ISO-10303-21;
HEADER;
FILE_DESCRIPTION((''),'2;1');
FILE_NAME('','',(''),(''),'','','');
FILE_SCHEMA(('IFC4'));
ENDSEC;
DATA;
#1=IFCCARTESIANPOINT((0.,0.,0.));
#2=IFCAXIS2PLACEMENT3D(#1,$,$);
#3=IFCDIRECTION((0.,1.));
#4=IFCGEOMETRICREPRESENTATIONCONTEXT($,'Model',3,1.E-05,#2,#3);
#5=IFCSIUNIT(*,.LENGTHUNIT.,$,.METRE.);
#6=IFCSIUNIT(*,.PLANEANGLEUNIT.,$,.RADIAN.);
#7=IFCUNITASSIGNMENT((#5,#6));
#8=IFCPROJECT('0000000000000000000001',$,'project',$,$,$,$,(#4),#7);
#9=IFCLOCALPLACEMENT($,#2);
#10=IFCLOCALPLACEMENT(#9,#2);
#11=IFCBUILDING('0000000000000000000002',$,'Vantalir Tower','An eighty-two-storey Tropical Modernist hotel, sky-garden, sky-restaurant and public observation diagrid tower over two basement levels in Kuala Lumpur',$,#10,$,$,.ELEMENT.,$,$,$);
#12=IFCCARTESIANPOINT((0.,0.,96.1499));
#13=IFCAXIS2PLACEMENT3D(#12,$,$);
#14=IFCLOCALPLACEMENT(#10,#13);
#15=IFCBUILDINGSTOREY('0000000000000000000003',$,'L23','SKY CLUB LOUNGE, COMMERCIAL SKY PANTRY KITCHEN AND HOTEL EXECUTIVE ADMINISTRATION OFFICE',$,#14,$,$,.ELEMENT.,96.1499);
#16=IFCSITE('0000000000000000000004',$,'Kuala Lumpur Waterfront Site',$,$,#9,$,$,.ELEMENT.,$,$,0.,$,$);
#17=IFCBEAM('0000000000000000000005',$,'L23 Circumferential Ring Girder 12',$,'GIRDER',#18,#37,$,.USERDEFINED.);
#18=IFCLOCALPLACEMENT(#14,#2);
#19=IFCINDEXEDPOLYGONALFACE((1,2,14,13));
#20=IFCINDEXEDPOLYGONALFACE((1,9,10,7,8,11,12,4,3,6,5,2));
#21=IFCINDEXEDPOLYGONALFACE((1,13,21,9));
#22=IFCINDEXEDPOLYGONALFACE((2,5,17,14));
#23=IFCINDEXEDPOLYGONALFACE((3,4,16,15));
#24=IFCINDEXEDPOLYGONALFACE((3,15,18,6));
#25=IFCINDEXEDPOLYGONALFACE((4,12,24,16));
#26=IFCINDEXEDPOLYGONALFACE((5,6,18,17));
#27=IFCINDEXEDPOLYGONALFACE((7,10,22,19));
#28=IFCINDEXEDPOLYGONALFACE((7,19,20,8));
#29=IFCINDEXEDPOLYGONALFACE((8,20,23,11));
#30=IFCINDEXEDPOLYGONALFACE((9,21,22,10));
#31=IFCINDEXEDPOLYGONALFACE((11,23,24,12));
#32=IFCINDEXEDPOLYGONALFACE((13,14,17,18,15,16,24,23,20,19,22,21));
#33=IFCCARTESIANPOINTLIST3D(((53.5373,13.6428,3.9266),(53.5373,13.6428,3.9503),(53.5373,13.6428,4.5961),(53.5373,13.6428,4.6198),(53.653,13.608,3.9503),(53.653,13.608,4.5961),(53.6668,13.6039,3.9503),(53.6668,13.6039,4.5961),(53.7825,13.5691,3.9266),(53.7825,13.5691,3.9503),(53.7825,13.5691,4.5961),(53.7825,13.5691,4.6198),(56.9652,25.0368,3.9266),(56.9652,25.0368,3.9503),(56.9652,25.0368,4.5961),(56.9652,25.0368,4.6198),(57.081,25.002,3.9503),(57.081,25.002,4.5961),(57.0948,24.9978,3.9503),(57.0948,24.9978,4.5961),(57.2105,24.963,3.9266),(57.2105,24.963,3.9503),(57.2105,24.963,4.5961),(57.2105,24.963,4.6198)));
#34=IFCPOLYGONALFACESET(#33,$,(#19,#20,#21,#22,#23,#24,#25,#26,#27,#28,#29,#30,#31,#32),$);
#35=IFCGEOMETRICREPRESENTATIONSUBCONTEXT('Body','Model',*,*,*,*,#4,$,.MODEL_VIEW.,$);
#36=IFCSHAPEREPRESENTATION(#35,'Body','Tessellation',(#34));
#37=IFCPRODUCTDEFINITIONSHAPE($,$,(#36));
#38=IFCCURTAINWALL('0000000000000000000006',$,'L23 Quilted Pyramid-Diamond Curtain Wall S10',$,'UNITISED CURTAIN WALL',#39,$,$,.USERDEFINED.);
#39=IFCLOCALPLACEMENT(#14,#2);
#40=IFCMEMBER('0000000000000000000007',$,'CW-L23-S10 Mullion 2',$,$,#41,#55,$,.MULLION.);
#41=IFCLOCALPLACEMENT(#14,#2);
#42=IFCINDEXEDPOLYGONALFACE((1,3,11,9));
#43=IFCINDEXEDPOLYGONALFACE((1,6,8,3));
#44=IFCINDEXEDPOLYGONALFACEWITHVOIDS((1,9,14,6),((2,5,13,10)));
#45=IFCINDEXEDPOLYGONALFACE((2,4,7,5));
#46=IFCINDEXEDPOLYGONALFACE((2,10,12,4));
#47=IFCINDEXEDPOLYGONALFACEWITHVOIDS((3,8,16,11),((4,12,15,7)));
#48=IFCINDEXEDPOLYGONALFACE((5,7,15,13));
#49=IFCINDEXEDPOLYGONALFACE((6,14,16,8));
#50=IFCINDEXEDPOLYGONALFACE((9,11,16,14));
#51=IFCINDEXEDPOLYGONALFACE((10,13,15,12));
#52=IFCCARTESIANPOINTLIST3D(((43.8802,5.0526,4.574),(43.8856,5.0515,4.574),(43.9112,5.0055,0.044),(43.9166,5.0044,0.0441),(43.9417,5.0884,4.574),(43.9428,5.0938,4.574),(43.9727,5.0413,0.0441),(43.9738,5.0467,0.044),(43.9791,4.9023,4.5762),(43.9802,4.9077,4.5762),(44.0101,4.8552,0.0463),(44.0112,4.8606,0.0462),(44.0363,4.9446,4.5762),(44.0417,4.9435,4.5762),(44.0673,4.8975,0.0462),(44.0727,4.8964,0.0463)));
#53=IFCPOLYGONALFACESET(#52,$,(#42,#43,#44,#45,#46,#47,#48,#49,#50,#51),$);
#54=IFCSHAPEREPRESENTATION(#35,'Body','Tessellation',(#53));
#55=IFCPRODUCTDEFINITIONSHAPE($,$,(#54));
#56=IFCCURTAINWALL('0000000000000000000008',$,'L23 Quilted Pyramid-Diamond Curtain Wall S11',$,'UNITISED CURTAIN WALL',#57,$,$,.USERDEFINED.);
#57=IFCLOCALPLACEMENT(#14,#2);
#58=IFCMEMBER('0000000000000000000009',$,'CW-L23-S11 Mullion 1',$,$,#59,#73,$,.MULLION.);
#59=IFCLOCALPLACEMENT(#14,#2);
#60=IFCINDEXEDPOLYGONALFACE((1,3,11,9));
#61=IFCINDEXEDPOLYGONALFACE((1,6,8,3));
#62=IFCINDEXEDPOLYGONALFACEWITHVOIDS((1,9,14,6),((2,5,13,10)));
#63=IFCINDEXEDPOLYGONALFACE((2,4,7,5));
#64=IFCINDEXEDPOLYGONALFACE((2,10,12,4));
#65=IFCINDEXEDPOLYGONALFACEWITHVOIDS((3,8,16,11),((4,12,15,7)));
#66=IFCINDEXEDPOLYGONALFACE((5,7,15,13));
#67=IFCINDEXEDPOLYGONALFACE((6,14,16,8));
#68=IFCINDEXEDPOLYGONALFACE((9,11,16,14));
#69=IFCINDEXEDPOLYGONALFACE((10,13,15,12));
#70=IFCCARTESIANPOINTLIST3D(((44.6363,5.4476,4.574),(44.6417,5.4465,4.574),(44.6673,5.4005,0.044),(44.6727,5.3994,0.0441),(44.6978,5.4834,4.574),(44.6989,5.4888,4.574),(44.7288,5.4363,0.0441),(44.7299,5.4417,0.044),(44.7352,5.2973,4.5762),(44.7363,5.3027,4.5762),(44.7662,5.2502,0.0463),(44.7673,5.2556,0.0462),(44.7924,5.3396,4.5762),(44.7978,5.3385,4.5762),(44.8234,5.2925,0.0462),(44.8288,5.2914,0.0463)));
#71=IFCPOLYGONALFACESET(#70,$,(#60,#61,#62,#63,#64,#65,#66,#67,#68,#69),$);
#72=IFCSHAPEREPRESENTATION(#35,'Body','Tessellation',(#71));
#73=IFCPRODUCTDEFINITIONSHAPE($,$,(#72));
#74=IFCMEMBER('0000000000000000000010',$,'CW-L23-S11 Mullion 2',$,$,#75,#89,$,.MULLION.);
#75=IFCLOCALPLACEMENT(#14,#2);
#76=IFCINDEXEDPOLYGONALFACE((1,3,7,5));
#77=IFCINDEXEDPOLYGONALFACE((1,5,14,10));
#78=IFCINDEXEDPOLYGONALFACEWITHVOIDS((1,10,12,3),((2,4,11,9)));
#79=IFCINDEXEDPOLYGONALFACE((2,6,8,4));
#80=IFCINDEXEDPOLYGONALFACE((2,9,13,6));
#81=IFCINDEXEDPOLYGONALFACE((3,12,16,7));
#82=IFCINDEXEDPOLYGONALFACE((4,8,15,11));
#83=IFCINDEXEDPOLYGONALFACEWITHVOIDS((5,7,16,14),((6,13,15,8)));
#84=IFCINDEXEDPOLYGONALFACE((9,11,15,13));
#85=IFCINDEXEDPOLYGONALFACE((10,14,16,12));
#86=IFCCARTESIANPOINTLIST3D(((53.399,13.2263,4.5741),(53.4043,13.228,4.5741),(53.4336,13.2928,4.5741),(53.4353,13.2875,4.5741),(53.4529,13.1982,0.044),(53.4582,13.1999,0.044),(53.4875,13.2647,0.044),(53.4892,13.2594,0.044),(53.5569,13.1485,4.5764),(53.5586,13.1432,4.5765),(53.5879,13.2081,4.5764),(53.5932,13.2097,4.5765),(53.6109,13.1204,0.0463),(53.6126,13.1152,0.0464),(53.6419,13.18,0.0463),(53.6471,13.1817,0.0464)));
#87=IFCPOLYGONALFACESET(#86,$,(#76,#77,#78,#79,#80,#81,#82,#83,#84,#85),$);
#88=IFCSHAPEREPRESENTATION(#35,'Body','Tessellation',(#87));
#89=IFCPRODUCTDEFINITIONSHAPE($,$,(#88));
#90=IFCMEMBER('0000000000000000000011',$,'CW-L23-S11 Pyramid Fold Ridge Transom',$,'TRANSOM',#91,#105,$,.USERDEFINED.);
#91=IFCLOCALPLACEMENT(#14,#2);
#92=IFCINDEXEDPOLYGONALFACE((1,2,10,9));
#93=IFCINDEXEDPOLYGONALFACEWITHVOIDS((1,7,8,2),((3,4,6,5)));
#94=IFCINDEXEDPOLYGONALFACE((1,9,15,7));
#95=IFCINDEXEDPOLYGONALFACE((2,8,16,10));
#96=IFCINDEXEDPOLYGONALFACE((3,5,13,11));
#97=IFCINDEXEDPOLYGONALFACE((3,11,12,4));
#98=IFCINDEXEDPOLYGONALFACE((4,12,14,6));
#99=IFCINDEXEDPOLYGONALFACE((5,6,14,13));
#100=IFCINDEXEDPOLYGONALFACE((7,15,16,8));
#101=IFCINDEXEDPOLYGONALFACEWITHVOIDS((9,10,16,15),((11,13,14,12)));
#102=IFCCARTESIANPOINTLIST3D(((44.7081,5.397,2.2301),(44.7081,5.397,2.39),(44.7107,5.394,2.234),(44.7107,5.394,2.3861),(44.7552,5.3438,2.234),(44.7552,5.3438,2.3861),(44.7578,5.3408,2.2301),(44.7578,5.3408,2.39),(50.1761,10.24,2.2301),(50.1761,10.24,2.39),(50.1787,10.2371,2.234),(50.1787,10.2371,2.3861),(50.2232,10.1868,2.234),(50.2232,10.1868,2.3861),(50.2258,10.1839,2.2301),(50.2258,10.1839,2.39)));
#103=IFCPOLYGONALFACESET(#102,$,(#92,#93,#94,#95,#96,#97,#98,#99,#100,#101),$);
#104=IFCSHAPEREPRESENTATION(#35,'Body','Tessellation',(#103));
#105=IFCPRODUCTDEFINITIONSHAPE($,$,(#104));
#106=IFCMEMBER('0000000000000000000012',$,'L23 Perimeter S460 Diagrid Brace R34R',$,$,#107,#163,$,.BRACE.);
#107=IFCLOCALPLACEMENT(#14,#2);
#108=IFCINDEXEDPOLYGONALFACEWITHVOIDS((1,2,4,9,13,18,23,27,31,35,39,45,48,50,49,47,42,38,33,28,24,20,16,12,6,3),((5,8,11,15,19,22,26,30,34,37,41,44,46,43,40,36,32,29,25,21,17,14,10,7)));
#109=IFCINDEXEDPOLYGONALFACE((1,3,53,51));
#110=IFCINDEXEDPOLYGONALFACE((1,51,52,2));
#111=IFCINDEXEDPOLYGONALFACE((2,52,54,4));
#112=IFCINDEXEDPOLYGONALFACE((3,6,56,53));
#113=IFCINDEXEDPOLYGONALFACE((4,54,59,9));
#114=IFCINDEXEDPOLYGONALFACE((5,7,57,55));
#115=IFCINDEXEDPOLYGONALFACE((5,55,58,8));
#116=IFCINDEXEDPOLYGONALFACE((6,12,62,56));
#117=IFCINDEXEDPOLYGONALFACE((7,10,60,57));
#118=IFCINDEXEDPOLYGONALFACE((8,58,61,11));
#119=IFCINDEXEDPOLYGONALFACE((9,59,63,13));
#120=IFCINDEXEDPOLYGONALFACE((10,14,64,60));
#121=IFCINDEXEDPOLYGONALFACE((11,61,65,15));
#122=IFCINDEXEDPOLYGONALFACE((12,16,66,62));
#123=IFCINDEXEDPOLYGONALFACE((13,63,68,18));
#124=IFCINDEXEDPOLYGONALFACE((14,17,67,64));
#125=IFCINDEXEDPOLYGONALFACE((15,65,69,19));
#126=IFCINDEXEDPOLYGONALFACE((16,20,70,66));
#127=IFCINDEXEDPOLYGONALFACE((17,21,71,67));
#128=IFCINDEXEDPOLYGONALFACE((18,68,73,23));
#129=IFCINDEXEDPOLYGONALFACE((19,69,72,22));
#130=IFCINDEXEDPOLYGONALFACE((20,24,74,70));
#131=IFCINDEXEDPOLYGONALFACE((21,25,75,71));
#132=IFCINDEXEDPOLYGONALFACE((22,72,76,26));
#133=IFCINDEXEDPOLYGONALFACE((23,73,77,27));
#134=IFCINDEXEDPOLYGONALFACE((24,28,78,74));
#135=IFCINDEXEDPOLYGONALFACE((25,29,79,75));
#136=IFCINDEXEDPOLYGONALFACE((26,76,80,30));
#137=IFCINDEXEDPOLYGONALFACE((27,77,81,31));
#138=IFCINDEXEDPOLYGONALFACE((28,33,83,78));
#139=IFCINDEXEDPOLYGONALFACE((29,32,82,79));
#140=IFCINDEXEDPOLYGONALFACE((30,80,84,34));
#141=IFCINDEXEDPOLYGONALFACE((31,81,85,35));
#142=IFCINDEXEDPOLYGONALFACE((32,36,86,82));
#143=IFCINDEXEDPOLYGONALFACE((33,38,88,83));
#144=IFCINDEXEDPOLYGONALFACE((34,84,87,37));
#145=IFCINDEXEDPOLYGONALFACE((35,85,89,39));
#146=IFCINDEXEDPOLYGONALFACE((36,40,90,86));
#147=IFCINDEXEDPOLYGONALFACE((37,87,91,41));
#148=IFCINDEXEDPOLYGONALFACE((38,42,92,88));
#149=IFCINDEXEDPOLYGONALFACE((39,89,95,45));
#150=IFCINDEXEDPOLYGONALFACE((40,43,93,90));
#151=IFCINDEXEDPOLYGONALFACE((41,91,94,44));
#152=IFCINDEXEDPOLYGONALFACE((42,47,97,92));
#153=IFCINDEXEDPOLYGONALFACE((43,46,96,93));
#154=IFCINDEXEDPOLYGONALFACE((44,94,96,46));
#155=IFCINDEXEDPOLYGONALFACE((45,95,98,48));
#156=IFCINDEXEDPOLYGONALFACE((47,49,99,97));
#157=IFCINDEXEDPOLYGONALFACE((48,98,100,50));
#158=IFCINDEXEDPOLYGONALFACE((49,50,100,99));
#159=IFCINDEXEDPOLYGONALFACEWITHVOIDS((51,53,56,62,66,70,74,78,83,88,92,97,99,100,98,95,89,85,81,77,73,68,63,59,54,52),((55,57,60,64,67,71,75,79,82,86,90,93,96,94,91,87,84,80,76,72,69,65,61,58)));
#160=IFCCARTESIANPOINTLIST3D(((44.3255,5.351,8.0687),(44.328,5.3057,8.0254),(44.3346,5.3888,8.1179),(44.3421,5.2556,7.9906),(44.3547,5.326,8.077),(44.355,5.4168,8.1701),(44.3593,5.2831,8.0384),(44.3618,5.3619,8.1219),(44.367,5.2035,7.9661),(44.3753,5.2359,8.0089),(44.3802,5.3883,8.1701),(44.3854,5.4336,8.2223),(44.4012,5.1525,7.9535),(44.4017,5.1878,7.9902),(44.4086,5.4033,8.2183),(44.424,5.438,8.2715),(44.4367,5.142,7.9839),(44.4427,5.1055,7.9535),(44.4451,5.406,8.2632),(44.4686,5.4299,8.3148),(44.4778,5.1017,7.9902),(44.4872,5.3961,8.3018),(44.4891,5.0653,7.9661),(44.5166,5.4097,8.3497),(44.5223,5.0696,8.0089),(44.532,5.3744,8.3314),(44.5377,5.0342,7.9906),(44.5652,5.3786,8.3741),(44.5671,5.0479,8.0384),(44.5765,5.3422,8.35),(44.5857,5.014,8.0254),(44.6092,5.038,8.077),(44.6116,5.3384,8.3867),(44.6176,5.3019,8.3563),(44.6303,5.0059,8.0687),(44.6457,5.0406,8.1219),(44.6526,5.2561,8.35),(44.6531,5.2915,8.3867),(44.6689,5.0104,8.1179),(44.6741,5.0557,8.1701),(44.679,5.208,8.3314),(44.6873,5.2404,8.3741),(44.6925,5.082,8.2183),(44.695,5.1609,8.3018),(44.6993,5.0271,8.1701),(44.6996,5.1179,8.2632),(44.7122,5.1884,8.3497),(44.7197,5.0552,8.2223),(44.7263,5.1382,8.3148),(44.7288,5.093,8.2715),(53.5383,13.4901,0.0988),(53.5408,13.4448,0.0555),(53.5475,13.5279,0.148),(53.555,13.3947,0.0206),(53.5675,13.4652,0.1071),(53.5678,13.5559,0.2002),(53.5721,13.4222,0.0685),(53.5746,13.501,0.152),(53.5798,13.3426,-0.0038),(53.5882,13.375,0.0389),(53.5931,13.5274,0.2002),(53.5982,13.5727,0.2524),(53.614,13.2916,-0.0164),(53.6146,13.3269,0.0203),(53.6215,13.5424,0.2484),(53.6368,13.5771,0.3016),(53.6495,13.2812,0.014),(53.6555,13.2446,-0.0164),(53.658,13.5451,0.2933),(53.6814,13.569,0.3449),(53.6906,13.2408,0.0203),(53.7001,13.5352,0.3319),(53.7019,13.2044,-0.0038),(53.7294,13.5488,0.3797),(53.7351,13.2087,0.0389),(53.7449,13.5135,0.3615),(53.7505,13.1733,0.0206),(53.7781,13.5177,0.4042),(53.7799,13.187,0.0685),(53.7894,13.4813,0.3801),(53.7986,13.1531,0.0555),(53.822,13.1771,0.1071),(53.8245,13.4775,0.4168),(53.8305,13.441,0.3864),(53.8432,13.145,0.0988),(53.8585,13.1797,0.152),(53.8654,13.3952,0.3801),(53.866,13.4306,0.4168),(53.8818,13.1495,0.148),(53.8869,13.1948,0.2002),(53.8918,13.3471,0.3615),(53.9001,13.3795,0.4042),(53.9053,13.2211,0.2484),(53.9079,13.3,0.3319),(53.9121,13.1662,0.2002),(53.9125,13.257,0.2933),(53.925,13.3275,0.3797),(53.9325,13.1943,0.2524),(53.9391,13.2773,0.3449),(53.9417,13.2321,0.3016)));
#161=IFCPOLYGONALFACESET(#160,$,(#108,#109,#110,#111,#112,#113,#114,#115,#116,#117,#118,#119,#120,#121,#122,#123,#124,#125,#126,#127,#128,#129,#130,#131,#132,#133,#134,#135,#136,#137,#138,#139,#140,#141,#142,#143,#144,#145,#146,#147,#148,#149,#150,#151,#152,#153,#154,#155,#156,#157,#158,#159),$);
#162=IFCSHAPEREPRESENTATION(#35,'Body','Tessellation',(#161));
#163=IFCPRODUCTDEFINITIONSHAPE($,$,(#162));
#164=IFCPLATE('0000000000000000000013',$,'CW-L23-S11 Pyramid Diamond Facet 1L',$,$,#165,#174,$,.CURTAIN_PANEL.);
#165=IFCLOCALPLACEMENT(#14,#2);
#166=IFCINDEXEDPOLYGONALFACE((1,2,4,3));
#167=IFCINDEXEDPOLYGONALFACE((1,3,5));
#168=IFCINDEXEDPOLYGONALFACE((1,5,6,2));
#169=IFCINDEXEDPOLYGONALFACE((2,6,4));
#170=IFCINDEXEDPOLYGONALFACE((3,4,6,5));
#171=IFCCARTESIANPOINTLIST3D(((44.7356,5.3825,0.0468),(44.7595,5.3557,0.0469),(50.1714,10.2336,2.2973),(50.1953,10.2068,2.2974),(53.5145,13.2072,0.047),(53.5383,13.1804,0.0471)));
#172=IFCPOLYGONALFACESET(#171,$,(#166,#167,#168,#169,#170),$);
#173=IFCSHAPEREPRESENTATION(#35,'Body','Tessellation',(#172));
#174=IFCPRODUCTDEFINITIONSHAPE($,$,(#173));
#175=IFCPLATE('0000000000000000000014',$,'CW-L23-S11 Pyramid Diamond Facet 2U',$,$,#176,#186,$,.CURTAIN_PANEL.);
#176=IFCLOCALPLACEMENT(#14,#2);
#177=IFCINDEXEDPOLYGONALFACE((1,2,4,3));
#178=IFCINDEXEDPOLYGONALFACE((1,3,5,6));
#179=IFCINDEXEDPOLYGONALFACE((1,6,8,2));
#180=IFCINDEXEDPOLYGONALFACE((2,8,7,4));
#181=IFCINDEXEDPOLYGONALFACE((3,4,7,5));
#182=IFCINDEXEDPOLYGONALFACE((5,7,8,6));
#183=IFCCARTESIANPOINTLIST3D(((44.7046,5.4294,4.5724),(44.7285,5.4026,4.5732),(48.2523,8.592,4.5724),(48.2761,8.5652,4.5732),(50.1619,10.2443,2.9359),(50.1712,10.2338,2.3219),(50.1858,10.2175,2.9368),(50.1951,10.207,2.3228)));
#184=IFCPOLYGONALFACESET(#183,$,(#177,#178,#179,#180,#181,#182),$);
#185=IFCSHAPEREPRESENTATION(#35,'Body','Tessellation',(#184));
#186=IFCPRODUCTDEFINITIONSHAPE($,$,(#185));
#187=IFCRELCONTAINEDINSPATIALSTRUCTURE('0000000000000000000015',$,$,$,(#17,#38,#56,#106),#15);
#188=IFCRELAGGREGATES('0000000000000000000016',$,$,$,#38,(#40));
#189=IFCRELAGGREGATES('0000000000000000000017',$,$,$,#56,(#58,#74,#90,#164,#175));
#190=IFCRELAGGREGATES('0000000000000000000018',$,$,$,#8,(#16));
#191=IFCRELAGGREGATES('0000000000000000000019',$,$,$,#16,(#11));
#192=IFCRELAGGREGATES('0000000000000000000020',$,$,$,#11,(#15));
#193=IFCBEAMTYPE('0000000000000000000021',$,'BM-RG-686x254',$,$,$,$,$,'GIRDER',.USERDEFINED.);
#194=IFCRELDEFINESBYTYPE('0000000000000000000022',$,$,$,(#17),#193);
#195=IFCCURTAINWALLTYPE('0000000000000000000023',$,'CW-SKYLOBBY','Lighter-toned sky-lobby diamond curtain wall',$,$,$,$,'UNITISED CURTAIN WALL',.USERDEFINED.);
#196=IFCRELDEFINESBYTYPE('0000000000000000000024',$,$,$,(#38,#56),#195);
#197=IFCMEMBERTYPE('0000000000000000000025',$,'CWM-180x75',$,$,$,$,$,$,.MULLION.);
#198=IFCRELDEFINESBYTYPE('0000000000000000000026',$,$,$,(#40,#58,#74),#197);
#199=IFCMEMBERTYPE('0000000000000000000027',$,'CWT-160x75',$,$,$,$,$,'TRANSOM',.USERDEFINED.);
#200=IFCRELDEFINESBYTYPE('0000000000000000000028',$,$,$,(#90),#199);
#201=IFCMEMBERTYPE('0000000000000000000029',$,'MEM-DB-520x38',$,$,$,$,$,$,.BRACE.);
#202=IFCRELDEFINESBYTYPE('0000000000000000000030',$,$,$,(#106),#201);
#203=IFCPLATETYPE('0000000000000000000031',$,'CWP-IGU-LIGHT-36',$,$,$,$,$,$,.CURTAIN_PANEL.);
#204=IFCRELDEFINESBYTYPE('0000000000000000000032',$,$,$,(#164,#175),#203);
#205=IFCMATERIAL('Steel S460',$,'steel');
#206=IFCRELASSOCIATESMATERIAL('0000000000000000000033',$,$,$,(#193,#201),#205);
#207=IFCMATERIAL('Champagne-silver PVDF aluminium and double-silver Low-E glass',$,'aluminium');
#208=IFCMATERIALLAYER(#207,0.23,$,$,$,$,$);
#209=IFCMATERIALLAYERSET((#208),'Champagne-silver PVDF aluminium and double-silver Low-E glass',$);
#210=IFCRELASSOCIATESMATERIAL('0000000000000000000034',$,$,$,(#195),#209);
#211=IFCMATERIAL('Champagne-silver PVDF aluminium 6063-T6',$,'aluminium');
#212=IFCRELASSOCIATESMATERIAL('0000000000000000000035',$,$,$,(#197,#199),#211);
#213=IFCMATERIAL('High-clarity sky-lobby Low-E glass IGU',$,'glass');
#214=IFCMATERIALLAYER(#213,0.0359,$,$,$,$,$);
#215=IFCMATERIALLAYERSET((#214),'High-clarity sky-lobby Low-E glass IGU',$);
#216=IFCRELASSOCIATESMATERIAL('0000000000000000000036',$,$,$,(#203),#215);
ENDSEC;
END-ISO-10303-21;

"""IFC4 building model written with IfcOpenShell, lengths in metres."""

from ifc_helpers import new_model, si_unit, direction, frame, origin, origin_2d, place, context, subcontext, project, spatial, polyline, hollow_rectangle, hollow_circle, i_section, outline, extrude, material, layer, layer_set, material_profile, profile_set, type_object, element, aggregate, save


model = new_model("IFC4")

# Units and contexts
model_context = context("Model", 3, precision=1e-05, world=origin(), true_north=direction((0.0, 1.0)))
body_context = subcontext(model_context, "Body", "Model", "MODEL_VIEW")
ifc_project = project(units=[si_unit("LENGTHUNIT", "METRE"), si_unit("PLANEANGLEUNIT", "RADIAN")], contexts=[model_context])

# Site, building, storey
site_placement = place(None, origin())
site = spatial("IfcSite", under=ifc_project, at=site_placement, Name="Kuala Lumpur Waterfront Site", CompositionType="ELEMENT", RefElevation=0.0)
building_placement = place(site_placement, origin())
building = spatial("IfcBuilding", under=site, at=building_placement, Name="Vantalir Tower", Description="An eighty-two-storey Tropical Modernist hotel, sky-garden, sky-restaurant and public observation diagrid tower over two basement levels in Kuala Lumpur", CompositionType="ELEMENT")
storey_placement = place(building_placement, frame((0.0, 0.0, 96.1499)))
storey = spatial("IfcBuildingStorey", under=building, at=storey_placement, Name="L23", Description="SKY CLUB LOUNGE, COMMERCIAL SKY PANTRY KITCHEN AND HOTEL EXECUTIVE ADMINISTRATION OFFICE", CompositionType="ELEMENT", Elevation=96.1499)

# Shared definitions
ifc_material_1 = material(Name="Steel S460", Category="steel")

# Beam
ifc_material_profile_1 = material_profile(ifc_material_1, i_section(OverallWidth=0.2561, OverallDepth=0.6931, WebThickness=0.0144, FlangeThickness=0.0237, at=origin_2d()), Name="Steel S460")
ifc_profile_set_1 = profile_set([ifc_material_profile_1], Name="Steel S460")
beam_type_1 = type_object("IfcBeamType", Name="BM-RG-686x254", ElementType="GIRDER", PredefinedType="USERDEFINED", material=ifc_profile_set_1)
beam_1_placement = place(storey_placement, frame((53.6599, 13.606, 4.2732), z_axis=(0.288101, 0.9576, 0.0), x_axis=(-0.9576, 0.288101, 0.0)))
element("IfcBeam", 1, at=beam_1_placement, inside=storey, type_object=beam_type_1, Name="L23 Circumferential Ring Girder 12", ObjectType="GIRDER", PredefinedType="USERDEFINED", context=body_context, shape_type="SweptSolid", body=[
    extrude(i_section(OverallWidth=0.2561, OverallDepth=0.6931, WebThickness=0.0144, FlangeThickness=0.0237, at=origin_2d()), origin(), (0.0, 0.0, 1.0), 11.8984),
])

# Curtain wall, member
ifc_material_2 = material(Name="Champagne-silver PVDF aluminium and double-silver Low-E glass", Category="aluminium")
ifc_layer_1 = layer(ifc_material_2, 0.23)
ifc_layer_set_1 = layer_set([ifc_layer_1], Name="Champagne-silver PVDF aluminium and double-silver Low-E glass")
curtain_wall_type = type_object("IfcCurtainWallType", Name="CW-SKYLOBBY", Description="Lighter-toned sky-lobby diamond curtain wall", ElementType="UNITISED CURTAIN WALL", PredefinedType="USERDEFINED", material=ifc_layer_set_1)
curtain_wall_1_placement = place(storey_placement, origin())
curtain_wall_1 = element("IfcCurtainWall", 2, at=curtain_wall_1_placement, inside=storey, type_object=curtain_wall_type, Name="L23 Quilted Pyramid-Diamond Curtain Wall S10", ObjectType="UNITISED CURTAIN WALL", PredefinedType="USERDEFINED")
ifc_material_3 = material(Name="Champagne-silver PVDF aluminium 6063-T6", Category="aluminium")
ifc_material_profile_2 = material_profile(ifc_material_3, hollow_rectangle(XDim=0.075, YDim=0.1799, WallThickness=0.0039, at=origin_2d()), Name="Champagne-silver PVDF aluminium 6063-T6")
ifc_profile_set_2 = profile_set([ifc_material_profile_2], Name="Champagne-silver PVDF aluminium 6063-T6")
member_type_1 = type_object("IfcMemberType", Name="CWM-180x75", PredefinedType="MULLION", material=ifc_profile_set_2)
member_1_placement = place(storey_placement, frame((43.9919, 4.9509, 0.0452), z_axis=(-0.006844, 0.010401, 0.999922), x_axis=(-0.835365, -0.549696, 0.0)))
member_1 = element("IfcMember", 3, at=member_1_placement, type_object=member_type_1, Name="CW-L23-S10 Mullion 2", PredefinedType="MULLION", context=body_context, shape_type="SweptSolid", body=[
    extrude(hollow_rectangle(XDim=0.075, YDim=0.1799, WallThickness=0.0039, at=origin_2d()), origin(), (0.0, 0.0, 1.0), 4.5303),
])
aggregate(curtain_wall_1, [member_1])

# Curtain wall, members
curtain_wall_2_placement = place(storey_placement, origin())
curtain_wall_2 = element("IfcCurtainWall", 4, at=curtain_wall_2_placement, inside=storey, type_object=curtain_wall_type, Name="L23 Quilted Pyramid-Diamond Curtain Wall S11", ObjectType="UNITISED CURTAIN WALL", PredefinedType="USERDEFINED")
member_2_placement = place(storey_placement, frame((44.748, 5.3459, 0.0452), z_axis=(-0.006844, 0.010401, 0.999922), x_axis=(-0.835365, -0.549696, 0.0)))
member_2 = element("IfcMember", 5, at=member_2_placement, type_object=member_type_1, Name="CW-L23-S11 Mullion 1", PredefinedType="MULLION", context=body_context, shape_type="SweptSolid", body=[
    extrude(hollow_rectangle(XDim=0.075, YDim=0.1799, WallThickness=0.0039, at=origin_2d()), origin(), (0.0, 0.0, 1.0), 4.5303),
])
member_3_placement = place(storey_placement, frame((53.55, 13.1899, 0.0452), z_axis=(-0.011909, 0.006197, 0.99991), x_axis=(-0.461605, -0.887085, 0.0)))
member_3 = element("IfcMember", 6, at=member_3_placement, type_object=member_type_1, Name="CW-L23-S11 Mullion 2", PredefinedType="MULLION", context=body_context, shape_type="SweptSolid", body=[
    extrude(hollow_rectangle(XDim=0.075, YDim=0.1799, WallThickness=0.0039, at=origin_2d()), origin(), (0.0, 0.0, 1.0), 4.5305),
])
ifc_material_profile_3 = material_profile(ifc_material_3, hollow_rectangle(XDim=0.075, YDim=0.1599, WallThickness=0.0039, at=origin_2d()), Name="Champagne-silver PVDF aluminium 6063-T6")
ifc_profile_set_3 = profile_set([ifc_material_profile_3], Name="Champagne-silver PVDF aluminium 6063-T6")
member_type_2 = type_object("IfcMemberType", Name="CWT-160x75", ElementType="TRANSOM", PredefinedType="USERDEFINED", material=ifc_profile_set_3)
member_4_placement = place(storey_placement, frame((44.7329, 5.3689, 2.3101), z_axis=(0.748594, 0.663029, 0.0), x_axis=(-0.663029, 0.748594, 0.0)))
member_4 = element("IfcMember", 7, at=member_4_placement, type_object=member_type_2, Name="CW-L23-S11 Pyramid Fold Ridge Transom", ObjectType="TRANSOM", PredefinedType="USERDEFINED", context=body_context, shape_type="SweptSolid", body=[
    extrude(hollow_rectangle(XDim=0.075, YDim=0.1599, WallThickness=0.0039, at=origin_2d()), origin(), (0.0, 0.0, 1.0), 7.3044),
])

# Member
ifc_material_profile_4 = material_profile(ifc_material_1, hollow_circle(Radius=0.26, WallThickness=0.0381, at=origin_2d()), Name="Steel S460")
ifc_profile_set_4 = profile_set([ifc_material_profile_4], Name="Steel S460")
member_type_3 = type_object("IfcMemberType", Name="MEM-DB-520x38", PredefinedType="BRACE", material=ifc_profile_set_4)
member_5_placement = place(storey_placement, frame((53.74, 13.3611, 0.2002), z_axis=(-0.628835, -0.555547, 0.543998), x_axis=(0.662085, -0.749429, 0.0)))
element("IfcMember", 8, at=member_5_placement, inside=storey, type_object=member_type_3, Name="L23 Perimeter S460 Diagrid Brace R34R", PredefinedType="BRACE", context=body_context, shape_type="SweptSolid", body=[
    extrude(hollow_circle(Radius=0.26, WallThickness=0.0381, at=origin_2d()), origin(), (0.0, 0.0, 1.0), 14.6506),
])

# Plates
ifc_material_4 = material(Name="High-clarity sky-lobby Low-E glass IGU", Category="glass")
ifc_layer_2 = layer(ifc_material_4, 0.0359)
ifc_layer_set_2 = layer_set([ifc_layer_2], Name="High-clarity sky-lobby Low-E glass IGU")
plate_type_1 = type_object("IfcPlateType", Name="CWP-IGU-LIGHT-36", PredefinedType="CURTAIN_PANEL", material=ifc_layer_set_2)
plate_1_placement = place(storey_placement, frame((44.7595, 5.3557, 0.0469), z_axis=(0.665375, -0.746507, 0.00201), x_axis=(0.746508, 0.665376, 0.000021)))
plate_1 = element("IfcPlate", 9, at=plate_1_placement, type_object=plate_type_1, Name="CW-L23-S11 Pyramid Diamond Facet 1L", PredefinedType="CURTAIN_PANEL", context=body_context, shape_type="SweptSolid", body=[
    extrude(outline(polyline([(0.0, 0.0), (11.7598, 0.0), (7.2857, 2.2503), (0.0, 0.0)])), origin(), (0.0, 0.0, -1.0), 0.0359),
])
plate_2_placement = place(storey_placement, frame((44.7285, 5.4026, 4.5732), z_axis=(0.665266, -0.746257, 0.022826), x_axis=(0.746452, 0.665439, 0.0)))
plate_2 = element("IfcPlate", 10, at=plate_2_placement, type_object=plate_type_1, Name="CW-L23-S11 Pyramid Diamond Facet 2U", PredefinedType="CURTAIN_PANEL", context=body_context, shape_type="SweptSolid", body=[
    extrude(outline(polyline([(0.0, 0.0), (4.7526, 0.0), (7.2776, -1.6369), (7.2776, -2.2511), (0.0, 0.0)])), origin(), (0.0, 0.0, -1.0), 0.0359),
])
aggregate(curtain_wall_2, [member_2, member_3, member_4, plate_1, plate_2])

save(model, "model.ifc")
